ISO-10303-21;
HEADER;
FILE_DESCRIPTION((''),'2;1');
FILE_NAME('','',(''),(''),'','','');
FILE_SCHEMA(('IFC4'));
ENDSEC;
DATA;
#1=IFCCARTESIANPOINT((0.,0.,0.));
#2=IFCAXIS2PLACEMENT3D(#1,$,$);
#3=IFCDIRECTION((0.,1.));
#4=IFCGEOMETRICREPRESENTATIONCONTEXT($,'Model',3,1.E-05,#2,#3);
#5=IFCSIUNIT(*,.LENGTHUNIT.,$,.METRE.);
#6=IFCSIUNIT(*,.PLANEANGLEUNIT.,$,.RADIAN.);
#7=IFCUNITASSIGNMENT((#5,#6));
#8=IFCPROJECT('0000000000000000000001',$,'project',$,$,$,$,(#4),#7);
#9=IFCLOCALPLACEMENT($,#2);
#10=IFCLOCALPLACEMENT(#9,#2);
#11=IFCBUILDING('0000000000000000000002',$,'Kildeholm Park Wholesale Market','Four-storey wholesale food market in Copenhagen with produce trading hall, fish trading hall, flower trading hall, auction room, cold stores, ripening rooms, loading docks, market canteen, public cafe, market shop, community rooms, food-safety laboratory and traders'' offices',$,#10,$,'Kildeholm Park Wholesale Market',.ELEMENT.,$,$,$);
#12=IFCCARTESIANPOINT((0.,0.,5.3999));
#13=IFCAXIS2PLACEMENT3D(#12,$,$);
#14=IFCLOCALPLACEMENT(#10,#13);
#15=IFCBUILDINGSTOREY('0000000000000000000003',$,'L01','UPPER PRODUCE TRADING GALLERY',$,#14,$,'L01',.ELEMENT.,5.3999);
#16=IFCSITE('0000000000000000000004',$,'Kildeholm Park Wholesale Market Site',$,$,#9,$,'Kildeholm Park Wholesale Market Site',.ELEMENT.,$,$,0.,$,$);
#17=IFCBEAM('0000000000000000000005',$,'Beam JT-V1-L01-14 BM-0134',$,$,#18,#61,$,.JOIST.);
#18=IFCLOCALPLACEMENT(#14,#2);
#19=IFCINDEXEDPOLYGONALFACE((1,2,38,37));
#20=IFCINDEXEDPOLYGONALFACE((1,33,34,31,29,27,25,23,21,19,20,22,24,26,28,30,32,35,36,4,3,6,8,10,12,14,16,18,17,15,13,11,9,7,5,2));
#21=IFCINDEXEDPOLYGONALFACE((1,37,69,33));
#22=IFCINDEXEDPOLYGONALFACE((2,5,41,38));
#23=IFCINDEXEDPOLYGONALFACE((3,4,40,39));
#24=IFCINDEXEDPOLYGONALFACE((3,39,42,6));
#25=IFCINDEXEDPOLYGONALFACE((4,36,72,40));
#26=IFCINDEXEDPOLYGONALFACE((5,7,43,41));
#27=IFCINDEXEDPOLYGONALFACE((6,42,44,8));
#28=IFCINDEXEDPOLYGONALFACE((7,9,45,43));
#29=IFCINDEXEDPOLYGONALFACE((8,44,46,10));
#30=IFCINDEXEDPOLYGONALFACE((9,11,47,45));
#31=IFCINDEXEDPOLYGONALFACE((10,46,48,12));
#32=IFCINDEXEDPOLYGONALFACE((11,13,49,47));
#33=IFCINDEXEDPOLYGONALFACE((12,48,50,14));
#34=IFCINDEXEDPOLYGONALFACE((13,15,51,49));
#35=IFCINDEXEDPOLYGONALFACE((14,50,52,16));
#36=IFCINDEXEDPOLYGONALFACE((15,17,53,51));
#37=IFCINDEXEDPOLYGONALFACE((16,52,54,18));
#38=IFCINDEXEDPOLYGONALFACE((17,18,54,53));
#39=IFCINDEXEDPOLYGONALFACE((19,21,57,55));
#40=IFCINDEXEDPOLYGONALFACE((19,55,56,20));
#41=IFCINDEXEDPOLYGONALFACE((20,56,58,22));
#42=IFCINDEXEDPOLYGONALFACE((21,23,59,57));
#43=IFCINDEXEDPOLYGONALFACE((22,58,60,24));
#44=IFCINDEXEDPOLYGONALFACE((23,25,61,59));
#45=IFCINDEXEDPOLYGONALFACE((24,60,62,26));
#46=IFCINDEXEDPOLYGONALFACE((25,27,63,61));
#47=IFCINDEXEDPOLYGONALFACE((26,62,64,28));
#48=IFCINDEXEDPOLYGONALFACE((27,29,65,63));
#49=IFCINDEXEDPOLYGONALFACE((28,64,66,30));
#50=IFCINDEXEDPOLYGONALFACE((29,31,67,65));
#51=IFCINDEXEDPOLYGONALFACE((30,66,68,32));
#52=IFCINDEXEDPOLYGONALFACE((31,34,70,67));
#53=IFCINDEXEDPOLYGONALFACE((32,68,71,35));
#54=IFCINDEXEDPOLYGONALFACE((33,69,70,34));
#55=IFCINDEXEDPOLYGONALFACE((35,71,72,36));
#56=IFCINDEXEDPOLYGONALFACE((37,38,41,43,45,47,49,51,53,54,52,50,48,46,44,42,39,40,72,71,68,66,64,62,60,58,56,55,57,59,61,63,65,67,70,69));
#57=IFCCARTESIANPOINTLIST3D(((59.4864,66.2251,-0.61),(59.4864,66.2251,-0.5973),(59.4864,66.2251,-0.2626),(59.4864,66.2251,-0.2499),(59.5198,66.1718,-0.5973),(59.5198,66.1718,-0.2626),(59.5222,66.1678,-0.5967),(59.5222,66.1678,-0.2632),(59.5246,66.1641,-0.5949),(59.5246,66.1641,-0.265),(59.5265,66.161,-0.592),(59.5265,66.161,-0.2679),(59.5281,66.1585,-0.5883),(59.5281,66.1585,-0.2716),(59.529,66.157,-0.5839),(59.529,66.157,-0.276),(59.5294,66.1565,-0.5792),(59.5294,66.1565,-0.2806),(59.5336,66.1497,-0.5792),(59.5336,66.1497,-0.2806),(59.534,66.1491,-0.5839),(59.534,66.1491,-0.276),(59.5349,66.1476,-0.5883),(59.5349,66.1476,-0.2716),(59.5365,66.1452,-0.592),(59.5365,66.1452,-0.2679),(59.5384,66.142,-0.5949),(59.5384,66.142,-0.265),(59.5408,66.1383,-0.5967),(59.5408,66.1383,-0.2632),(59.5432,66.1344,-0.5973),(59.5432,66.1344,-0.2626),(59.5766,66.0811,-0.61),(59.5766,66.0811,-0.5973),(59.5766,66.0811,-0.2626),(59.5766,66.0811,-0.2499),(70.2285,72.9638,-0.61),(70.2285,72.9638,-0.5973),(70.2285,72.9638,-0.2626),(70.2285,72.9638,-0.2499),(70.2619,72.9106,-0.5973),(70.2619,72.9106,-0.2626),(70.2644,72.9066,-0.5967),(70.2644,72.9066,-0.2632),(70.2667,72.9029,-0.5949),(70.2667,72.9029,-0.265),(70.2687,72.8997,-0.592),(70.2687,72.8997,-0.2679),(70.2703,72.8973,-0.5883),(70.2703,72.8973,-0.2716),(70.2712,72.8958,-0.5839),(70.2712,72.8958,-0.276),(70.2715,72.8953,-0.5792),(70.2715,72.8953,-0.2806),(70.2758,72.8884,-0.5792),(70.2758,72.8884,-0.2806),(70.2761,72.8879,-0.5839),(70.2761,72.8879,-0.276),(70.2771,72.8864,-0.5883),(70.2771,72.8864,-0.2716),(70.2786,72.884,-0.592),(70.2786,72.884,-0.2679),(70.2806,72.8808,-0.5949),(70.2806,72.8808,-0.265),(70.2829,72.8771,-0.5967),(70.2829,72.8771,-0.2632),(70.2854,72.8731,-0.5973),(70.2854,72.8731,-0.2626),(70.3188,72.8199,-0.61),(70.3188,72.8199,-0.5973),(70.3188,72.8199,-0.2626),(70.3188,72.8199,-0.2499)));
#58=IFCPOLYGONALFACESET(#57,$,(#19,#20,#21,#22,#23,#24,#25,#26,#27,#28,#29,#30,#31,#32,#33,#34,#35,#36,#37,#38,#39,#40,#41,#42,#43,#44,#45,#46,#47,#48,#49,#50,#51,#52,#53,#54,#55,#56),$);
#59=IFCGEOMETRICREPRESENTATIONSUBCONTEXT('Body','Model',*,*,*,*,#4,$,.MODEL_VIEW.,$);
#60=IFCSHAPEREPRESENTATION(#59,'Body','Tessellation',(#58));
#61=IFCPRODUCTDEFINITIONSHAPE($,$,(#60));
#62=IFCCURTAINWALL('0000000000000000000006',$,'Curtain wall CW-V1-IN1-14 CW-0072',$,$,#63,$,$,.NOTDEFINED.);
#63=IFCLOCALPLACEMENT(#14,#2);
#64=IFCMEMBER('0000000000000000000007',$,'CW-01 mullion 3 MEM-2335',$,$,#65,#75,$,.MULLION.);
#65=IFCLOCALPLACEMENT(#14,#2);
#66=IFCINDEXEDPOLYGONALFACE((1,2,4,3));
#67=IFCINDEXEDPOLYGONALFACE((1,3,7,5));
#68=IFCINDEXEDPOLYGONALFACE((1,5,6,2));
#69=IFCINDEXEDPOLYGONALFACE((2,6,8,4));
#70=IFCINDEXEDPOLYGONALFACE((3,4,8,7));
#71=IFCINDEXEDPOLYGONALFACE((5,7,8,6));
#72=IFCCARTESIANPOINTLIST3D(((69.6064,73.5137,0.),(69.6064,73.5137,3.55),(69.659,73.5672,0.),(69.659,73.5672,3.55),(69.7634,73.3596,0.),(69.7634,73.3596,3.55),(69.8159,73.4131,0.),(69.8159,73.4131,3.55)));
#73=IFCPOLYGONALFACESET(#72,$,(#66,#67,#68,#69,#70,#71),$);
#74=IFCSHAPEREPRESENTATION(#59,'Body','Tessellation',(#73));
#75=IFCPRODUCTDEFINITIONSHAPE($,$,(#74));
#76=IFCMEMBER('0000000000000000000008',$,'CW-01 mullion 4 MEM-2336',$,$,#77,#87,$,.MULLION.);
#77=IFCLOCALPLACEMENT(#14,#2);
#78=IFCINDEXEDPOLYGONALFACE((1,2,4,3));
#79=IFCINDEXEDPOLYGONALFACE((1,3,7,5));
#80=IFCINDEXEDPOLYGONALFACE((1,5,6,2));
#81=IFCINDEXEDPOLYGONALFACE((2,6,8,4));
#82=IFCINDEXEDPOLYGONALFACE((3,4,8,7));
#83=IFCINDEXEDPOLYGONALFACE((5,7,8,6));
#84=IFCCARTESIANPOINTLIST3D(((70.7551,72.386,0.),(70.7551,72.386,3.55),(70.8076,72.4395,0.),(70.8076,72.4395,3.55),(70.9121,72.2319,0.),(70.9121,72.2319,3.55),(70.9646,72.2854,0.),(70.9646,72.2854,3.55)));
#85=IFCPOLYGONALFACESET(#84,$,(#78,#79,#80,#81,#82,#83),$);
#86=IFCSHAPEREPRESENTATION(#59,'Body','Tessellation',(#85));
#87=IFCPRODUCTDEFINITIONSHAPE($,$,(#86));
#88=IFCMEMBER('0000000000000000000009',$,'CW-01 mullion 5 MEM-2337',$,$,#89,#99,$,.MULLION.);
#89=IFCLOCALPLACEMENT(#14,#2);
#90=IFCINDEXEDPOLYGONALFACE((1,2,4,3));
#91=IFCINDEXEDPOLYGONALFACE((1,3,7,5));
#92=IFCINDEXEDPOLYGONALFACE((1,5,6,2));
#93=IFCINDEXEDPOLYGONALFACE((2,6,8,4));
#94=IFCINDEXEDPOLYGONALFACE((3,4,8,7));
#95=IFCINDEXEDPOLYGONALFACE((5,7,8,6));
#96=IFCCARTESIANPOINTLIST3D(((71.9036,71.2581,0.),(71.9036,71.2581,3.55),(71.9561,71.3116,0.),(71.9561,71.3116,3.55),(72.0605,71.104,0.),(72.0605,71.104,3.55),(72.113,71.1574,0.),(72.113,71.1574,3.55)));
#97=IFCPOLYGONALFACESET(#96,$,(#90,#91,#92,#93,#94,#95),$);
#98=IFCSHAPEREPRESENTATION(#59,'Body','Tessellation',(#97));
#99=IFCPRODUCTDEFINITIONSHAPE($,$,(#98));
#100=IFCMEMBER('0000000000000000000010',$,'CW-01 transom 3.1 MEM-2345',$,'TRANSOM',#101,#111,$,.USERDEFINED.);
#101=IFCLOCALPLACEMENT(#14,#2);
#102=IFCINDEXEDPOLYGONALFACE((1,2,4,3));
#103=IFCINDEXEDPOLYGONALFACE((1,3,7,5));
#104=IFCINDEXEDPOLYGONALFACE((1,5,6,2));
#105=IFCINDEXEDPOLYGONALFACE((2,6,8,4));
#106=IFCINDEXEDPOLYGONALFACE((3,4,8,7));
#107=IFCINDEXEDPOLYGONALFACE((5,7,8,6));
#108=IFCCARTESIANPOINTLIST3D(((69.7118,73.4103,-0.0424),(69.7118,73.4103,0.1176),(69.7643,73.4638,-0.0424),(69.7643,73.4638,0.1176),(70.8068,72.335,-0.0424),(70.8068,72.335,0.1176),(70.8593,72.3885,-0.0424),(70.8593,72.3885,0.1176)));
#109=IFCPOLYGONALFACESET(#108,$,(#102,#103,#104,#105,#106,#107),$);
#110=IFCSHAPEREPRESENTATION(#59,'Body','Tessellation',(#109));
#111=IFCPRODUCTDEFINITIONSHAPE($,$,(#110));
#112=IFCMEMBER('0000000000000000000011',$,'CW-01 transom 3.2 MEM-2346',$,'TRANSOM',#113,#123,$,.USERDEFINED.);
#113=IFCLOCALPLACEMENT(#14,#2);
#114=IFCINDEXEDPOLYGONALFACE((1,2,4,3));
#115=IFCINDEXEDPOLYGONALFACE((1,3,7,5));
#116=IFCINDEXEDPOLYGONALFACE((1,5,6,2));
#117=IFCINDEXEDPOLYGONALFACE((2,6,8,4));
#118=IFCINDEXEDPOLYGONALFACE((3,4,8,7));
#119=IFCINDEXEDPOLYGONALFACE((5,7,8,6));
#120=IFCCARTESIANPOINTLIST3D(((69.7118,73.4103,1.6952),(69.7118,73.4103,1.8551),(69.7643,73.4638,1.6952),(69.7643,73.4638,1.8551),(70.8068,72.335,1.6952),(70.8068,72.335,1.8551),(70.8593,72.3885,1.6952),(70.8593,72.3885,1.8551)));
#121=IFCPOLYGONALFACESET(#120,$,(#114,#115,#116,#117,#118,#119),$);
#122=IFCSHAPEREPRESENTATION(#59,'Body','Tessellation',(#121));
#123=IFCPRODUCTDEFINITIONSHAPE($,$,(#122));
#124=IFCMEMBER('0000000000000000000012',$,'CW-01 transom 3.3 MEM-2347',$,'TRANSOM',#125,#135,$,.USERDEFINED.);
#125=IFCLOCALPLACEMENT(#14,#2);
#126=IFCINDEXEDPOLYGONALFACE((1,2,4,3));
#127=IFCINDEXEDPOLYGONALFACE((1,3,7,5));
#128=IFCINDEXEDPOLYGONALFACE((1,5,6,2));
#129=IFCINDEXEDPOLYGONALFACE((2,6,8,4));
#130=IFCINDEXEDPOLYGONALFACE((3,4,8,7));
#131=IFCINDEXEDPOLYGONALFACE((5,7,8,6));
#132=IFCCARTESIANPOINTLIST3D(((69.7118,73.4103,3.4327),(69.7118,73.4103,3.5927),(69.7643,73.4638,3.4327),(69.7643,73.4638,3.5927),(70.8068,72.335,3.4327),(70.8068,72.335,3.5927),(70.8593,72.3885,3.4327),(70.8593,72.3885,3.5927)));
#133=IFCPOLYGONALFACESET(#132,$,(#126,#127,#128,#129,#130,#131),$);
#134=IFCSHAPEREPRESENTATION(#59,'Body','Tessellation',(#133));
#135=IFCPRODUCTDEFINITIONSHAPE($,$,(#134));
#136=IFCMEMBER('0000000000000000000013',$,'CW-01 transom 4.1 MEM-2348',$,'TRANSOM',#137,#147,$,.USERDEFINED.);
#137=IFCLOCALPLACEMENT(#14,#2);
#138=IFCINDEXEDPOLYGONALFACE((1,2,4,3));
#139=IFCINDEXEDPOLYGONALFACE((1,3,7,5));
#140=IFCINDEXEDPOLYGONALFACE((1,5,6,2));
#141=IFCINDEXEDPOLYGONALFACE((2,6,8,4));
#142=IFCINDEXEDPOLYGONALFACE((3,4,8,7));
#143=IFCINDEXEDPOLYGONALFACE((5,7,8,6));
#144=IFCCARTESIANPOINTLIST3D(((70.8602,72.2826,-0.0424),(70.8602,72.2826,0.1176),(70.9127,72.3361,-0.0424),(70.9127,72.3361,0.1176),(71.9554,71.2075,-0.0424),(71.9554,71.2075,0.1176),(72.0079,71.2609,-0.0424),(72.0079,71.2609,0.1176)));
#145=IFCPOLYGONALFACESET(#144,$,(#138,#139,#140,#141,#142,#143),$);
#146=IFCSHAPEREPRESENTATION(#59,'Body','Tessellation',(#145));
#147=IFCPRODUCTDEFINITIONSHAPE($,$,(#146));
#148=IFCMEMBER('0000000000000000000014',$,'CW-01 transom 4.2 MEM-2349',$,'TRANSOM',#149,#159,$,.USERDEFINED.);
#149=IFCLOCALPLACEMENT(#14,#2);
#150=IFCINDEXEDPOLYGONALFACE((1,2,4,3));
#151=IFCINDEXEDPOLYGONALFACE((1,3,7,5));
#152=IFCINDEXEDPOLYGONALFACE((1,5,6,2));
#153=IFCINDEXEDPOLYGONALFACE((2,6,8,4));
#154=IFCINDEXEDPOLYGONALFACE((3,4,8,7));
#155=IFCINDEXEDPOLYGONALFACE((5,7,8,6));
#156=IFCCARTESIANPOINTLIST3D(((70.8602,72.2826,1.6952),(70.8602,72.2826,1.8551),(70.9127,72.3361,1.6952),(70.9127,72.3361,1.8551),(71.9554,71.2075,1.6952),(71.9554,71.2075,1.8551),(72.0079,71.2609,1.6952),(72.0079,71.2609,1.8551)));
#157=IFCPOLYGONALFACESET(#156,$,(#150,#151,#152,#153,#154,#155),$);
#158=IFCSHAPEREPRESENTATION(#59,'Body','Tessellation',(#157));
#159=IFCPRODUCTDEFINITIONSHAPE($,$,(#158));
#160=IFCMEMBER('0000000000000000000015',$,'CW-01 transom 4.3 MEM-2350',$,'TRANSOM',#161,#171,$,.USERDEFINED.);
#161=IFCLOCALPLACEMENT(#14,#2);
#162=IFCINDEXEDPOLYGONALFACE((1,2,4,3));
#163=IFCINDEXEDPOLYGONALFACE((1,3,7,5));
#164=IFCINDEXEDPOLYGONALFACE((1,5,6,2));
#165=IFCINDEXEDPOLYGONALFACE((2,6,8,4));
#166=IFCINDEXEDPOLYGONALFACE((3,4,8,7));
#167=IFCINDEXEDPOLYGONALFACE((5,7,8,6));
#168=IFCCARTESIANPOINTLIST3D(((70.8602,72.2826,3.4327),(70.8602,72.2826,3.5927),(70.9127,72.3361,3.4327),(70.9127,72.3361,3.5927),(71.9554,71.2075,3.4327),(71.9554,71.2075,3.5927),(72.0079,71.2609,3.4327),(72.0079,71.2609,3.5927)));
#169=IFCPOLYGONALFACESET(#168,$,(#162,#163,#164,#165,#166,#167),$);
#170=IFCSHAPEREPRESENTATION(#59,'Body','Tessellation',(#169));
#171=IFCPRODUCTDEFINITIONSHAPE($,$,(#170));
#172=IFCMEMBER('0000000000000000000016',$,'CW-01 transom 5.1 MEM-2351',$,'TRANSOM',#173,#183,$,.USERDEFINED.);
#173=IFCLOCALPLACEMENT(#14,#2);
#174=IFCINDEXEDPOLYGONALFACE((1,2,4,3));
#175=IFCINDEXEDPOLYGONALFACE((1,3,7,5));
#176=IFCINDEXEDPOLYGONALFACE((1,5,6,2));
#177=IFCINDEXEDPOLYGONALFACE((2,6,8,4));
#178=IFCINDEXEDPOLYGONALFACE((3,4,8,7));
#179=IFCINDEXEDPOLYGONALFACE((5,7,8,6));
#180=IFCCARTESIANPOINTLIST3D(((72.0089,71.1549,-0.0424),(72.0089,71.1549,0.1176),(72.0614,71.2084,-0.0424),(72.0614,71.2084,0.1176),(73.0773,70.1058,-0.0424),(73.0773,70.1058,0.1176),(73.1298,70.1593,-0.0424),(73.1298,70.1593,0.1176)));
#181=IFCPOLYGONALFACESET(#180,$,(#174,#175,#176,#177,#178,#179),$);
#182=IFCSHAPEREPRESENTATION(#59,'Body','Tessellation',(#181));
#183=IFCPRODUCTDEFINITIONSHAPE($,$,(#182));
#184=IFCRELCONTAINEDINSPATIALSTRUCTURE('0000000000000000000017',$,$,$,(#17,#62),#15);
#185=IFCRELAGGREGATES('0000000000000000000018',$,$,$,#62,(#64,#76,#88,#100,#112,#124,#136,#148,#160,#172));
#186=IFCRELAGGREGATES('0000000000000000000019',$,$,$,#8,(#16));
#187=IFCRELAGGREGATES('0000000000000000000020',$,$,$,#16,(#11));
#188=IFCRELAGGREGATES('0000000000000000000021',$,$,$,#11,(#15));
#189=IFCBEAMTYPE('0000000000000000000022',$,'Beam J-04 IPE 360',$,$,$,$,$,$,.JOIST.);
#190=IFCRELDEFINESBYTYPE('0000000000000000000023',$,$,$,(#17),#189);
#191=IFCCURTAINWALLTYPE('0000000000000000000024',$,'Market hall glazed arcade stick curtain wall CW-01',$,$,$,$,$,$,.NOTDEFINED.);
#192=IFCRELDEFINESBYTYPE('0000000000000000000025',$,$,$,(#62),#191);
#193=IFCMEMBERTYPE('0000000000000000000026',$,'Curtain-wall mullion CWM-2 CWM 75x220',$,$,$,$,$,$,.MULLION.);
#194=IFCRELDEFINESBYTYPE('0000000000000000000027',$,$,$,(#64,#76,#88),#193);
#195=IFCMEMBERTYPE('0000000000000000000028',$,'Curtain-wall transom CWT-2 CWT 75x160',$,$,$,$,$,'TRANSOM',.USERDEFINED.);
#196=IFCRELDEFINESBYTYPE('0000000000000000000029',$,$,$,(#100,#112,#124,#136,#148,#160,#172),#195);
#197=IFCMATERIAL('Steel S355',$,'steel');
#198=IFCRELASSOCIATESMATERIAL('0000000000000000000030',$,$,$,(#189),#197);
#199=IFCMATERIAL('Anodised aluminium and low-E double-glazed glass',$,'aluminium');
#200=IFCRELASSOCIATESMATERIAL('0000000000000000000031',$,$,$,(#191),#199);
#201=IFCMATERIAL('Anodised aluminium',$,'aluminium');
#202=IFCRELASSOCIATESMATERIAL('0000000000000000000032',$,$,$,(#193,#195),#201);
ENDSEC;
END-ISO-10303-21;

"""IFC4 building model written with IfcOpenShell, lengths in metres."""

from ifc_helpers import new_model, si_unit, direction, frame, origin, origin_2d, place, context, subcontext, project, spatial, rectangle, i_section, extrude, material, material_profile, profile_set, type_object, element, aggregate, save


model = new_model("IFC4")

# Units and contexts
model_context = context("Model", 3, precision=1e-05, world=origin(), true_north=direction((0.0, 1.0)))
body_context = subcontext(model_context, "Body", "Model", "MODEL_VIEW")
ifc_project = project(units=[si_unit("LENGTHUNIT", "METRE"), si_unit("PLANEANGLEUNIT", "RADIAN")], contexts=[model_context])

# Site, building, storey
site_placement = place(None, origin())
site = spatial("IfcSite", under=ifc_project, at=site_placement, Name="Kildeholm Park Wholesale Market Site", LongName="Kildeholm Park Wholesale Market Site", CompositionType="ELEMENT", RefElevation=0.0)
building_placement = place(site_placement, origin())
building = spatial("IfcBuilding", under=site, at=building_placement, Name="Kildeholm Park Wholesale Market", Description="Four-storey wholesale food market in Copenhagen with produce trading hall, fish trading hall, flower trading hall, auction room, cold stores, ripening rooms, loading docks, market canteen, public cafe, market shop, community rooms, food-safety laboratory and traders' offices", LongName="Kildeholm Park Wholesale Market", CompositionType="ELEMENT")
storey_placement = place(building_placement, frame((0.0, 0.0, 5.3999)))
storey = spatial("IfcBuildingStorey", under=building, at=storey_placement, Name="L01", Description="UPPER PRODUCE TRADING GALLERY", LongName="L01", CompositionType="ELEMENT", Elevation=5.3999)

# Beam
ifc_material_1 = material(Name="Steel S355", Category="steel")
ifc_material_profile_1 = material_profile(ifc_material_1, i_section(OverallWidth=0.1699, OverallDepth=0.3601, WebThickness=0.0081, FlangeThickness=0.0127, FilletRadius=0.0181, at=origin_2d()), Name="IPE 360")
ifc_profile_set_1 = profile_set([ifc_material_profile_1], Name="Steel S355")
beam_type = type_object("IfcBeamType", Name="Beam J-04 IPE 360", PredefinedType="JOIST", material=ifc_profile_set_1)
beam_placement = place(storey_placement, frame((70.2737, 72.8918, -0.4299), z_axis=(-0.847115, -0.53141, 0.0), x_axis=(0.53141, -0.847115, 0.0)))
element("IfcBeam", 1, at=beam_placement, inside=storey, type_object=beam_type, Name="Beam JT-V1-L01-14 BM-0134", PredefinedType="JOIST", context=body_context, shape_type="SweptSolid", body=[
    extrude(i_section(OverallWidth=0.1699, OverallDepth=0.3601, WebThickness=0.0081, FlangeThickness=0.0127, FilletRadius=0.0181, at=origin_2d()), origin(), (0.0, 0.0, 1.0), 12.6809),
])

# Curtain wall, members
ifc_material_2 = material(Name="Anodised aluminium and low-E double-glazed glass", Category="aluminium")
curtain_wall_type = type_object("IfcCurtainWallType", Name="Market hall glazed arcade stick curtain wall CW-01", PredefinedType="NOTDEFINED", material=ifc_material_2)
curtain_wall_placement = place(storey_placement, origin())
curtain_wall = element("IfcCurtainWall", 2, at=curtain_wall_placement, inside=storey, type_object=curtain_wall_type, Name="Curtain wall CW-V1-IN1-14 CW-0072", PredefinedType="NOTDEFINED")
ifc_material_3 = material(Name="Anodised aluminium", Category="aluminium")
ifc_material_profile_2 = material_profile(ifc_material_3, rectangle(XDim=0.075, YDim=0.22, at=origin_2d()), Name="CWM 75x220")
ifc_profile_set_2 = profile_set([ifc_material_profile_2], Name="Anodised aluminium")
member_type_1 = type_object("IfcMemberType", Name="Curtain-wall mullion CWM-2 CWM 75x220", PredefinedType="MULLION", material=ifc_profile_set_2)
member_1_placement = place(storey_placement, frame((69.7112, 73.4634, 0.0), z_axis=(0.0, 0.0, 1.0), x_axis=(0.700617, 0.713538, 0.0)))
member_1 = element("IfcMember", 3, at=member_1_placement, type_object=member_type_1, Name="CW-01 mullion 3 MEM-2335", PredefinedType="MULLION", context=body_context, shape_type="SweptSolid", body=[
    extrude(rectangle(XDim=0.075, YDim=0.22, at=origin_2d()), origin(), (0.0, 0.0, 1.0), 3.55),
])
member_2_placement = place(storey_placement, frame((70.8599, 72.3357, 0.0), z_axis=(0.0, 0.0, 1.0), x_axis=(0.700617, 0.713538, 0.0)))
member_2 = element("IfcMember", 4, at=member_2_placement, type_object=member_type_1, Name="CW-01 mullion 4 MEM-2336", PredefinedType="MULLION", context=body_context, shape_type="SweptSolid", body=[
    extrude(rectangle(XDim=0.075, YDim=0.22, at=origin_2d()), origin(), (0.0, 0.0, 1.0), 3.55),
])
member_3_placement = place(storey_placement, frame((72.0083, 71.2078, 0.0), z_axis=(0.0, 0.0, 1.0), x_axis=(0.700617, 0.713538, 0.0)))
member_3 = element("IfcMember", 5, at=member_3_placement, type_object=member_type_1, Name="CW-01 mullion 5 MEM-2337", PredefinedType="MULLION", context=body_context, shape_type="SweptSolid", body=[
    extrude(rectangle(XDim=0.075, YDim=0.22, at=origin_2d()), origin(), (0.0, 0.0, 1.0), 3.55),
])
ifc_material_profile_3 = material_profile(ifc_material_3, rectangle(XDim=0.075, YDim=0.1599, at=origin_2d()), Name="CWT 75x160")
ifc_profile_set_3 = profile_set([ifc_material_profile_3], Name="Anodised aluminium")
member_type_2 = type_object("IfcMemberType", Name="Curtain-wall transom CWT-2 CWT 75x160", ElementType="TRANSOM", PredefinedType="USERDEFINED", material=ifc_profile_set_3)
member_4_placement = place(storey_placement, frame((69.738, 73.437, 0.0376), z_axis=(0.713521, -0.700634, 0.0), x_axis=(0.700634, 0.713521, 0.0)))
member_4 = element("IfcMember", 6, at=member_4_placement, type_object=member_type_2, Name="CW-01 transom 3.1 MEM-2345", ObjectType="TRANSOM", PredefinedType="USERDEFINED", context=body_context, shape_type="SweptSolid", body=[
    extrude(rectangle(XDim=0.075, YDim=0.1599, at=origin_2d()), origin(), (0.0, 0.0, 1.0), 1.5347),
])
member_5_placement = place(storey_placement, frame((69.738, 73.437, 1.7751), z_axis=(0.713521, -0.700634, 0.0), x_axis=(0.700634, 0.713521, 0.0)))
member_5 = element("IfcMember", 7, at=member_5_placement, type_object=member_type_2, Name="CW-01 transom 3.2 MEM-2346", ObjectType="TRANSOM", PredefinedType="USERDEFINED", context=body_context, shape_type="SweptSolid", body=[
    extrude(rectangle(XDim=0.075, YDim=0.1599, at=origin_2d()), origin(), (0.0, 0.0, 1.0), 1.5347),
])
member_6_placement = place(storey_placement, frame((69.738, 73.437, 3.5127), z_axis=(0.713521, -0.700634, 0.0), x_axis=(0.700634, 0.713521, 0.0)))
member_6 = element("IfcMember", 8, at=member_6_placement, type_object=member_type_2, Name="CW-01 transom 3.3 MEM-2347", ObjectType="TRANSOM", PredefinedType="USERDEFINED", context=body_context, shape_type="SweptSolid", body=[
    extrude(rectangle(XDim=0.075, YDim=0.1599, at=origin_2d()), origin(), (0.0, 0.0, 1.0), 1.5347),
])
member_7_placement = place(storey_placement, frame((70.8865, 72.3093, 0.0376), z_axis=(0.713599, -0.700555, 0.0), x_axis=(0.700555, 0.713599, 0.0)))
member_7 = element("IfcMember", 9, at=member_7_placement, type_object=member_type_2, Name="CW-01 transom 4.1 MEM-2348", ObjectType="TRANSOM", PredefinedType="USERDEFINED", context=body_context, shape_type="SweptSolid", body=[
    extrude(rectangle(XDim=0.075, YDim=0.1599, at=origin_2d()), origin(), (0.0, 0.0, 1.0), 1.5347),
])
member_8_placement = place(storey_placement, frame((70.8865, 72.3093, 1.7751), z_axis=(0.713599, -0.700555, 0.0), x_axis=(0.700555, 0.713599, 0.0)))
member_8 = element("IfcMember", 10, at=member_8_placement, type_object=member_type_2, Name="CW-01 transom 4.2 MEM-2349", ObjectType="TRANSOM", PredefinedType="USERDEFINED", context=body_context, shape_type="SweptSolid", body=[
    extrude(rectangle(XDim=0.075, YDim=0.1599, at=origin_2d()), origin(), (0.0, 0.0, 1.0), 1.5347),
])
member_9_placement = place(storey_placement, frame((70.8865, 72.3093, 3.5127), z_axis=(0.713599, -0.700555, 0.0), x_axis=(0.700555, 0.713599, 0.0)))
member_9 = element("IfcMember", 11, at=member_9_placement, type_object=member_type_2, Name="CW-01 transom 4.3 MEM-2350", ObjectType="TRANSOM", PredefinedType="USERDEFINED", context=body_context, shape_type="SweptSolid", body=[
    extrude(rectangle(XDim=0.075, YDim=0.1599, at=origin_2d()), origin(), (0.0, 0.0, 1.0), 1.5347),
])
member_10_placement = place(storey_placement, frame((72.0352, 71.1816, 0.0376), z_axis=(0.713518, -0.700637, 0.0), x_axis=(0.700637, 0.713518, 0.0)))
member_10 = element("IfcMember", 12, at=member_10_placement, type_object=member_type_2, Name="CW-01 transom 5.1 MEM-2351", ObjectType="TRANSOM", PredefinedType="USERDEFINED", context=body_context, shape_type="SweptSolid", body=[
    extrude(rectangle(XDim=0.075, YDim=0.1599, at=origin_2d()), origin(), (0.0, 0.0, 1.0), 1.4973),
])
aggregate(curtain_wall, [member_1, member_2, member_3, member_4, member_5, member_6, member_7, member_8, member_9, member_10])

save(model, "model.ifc")
